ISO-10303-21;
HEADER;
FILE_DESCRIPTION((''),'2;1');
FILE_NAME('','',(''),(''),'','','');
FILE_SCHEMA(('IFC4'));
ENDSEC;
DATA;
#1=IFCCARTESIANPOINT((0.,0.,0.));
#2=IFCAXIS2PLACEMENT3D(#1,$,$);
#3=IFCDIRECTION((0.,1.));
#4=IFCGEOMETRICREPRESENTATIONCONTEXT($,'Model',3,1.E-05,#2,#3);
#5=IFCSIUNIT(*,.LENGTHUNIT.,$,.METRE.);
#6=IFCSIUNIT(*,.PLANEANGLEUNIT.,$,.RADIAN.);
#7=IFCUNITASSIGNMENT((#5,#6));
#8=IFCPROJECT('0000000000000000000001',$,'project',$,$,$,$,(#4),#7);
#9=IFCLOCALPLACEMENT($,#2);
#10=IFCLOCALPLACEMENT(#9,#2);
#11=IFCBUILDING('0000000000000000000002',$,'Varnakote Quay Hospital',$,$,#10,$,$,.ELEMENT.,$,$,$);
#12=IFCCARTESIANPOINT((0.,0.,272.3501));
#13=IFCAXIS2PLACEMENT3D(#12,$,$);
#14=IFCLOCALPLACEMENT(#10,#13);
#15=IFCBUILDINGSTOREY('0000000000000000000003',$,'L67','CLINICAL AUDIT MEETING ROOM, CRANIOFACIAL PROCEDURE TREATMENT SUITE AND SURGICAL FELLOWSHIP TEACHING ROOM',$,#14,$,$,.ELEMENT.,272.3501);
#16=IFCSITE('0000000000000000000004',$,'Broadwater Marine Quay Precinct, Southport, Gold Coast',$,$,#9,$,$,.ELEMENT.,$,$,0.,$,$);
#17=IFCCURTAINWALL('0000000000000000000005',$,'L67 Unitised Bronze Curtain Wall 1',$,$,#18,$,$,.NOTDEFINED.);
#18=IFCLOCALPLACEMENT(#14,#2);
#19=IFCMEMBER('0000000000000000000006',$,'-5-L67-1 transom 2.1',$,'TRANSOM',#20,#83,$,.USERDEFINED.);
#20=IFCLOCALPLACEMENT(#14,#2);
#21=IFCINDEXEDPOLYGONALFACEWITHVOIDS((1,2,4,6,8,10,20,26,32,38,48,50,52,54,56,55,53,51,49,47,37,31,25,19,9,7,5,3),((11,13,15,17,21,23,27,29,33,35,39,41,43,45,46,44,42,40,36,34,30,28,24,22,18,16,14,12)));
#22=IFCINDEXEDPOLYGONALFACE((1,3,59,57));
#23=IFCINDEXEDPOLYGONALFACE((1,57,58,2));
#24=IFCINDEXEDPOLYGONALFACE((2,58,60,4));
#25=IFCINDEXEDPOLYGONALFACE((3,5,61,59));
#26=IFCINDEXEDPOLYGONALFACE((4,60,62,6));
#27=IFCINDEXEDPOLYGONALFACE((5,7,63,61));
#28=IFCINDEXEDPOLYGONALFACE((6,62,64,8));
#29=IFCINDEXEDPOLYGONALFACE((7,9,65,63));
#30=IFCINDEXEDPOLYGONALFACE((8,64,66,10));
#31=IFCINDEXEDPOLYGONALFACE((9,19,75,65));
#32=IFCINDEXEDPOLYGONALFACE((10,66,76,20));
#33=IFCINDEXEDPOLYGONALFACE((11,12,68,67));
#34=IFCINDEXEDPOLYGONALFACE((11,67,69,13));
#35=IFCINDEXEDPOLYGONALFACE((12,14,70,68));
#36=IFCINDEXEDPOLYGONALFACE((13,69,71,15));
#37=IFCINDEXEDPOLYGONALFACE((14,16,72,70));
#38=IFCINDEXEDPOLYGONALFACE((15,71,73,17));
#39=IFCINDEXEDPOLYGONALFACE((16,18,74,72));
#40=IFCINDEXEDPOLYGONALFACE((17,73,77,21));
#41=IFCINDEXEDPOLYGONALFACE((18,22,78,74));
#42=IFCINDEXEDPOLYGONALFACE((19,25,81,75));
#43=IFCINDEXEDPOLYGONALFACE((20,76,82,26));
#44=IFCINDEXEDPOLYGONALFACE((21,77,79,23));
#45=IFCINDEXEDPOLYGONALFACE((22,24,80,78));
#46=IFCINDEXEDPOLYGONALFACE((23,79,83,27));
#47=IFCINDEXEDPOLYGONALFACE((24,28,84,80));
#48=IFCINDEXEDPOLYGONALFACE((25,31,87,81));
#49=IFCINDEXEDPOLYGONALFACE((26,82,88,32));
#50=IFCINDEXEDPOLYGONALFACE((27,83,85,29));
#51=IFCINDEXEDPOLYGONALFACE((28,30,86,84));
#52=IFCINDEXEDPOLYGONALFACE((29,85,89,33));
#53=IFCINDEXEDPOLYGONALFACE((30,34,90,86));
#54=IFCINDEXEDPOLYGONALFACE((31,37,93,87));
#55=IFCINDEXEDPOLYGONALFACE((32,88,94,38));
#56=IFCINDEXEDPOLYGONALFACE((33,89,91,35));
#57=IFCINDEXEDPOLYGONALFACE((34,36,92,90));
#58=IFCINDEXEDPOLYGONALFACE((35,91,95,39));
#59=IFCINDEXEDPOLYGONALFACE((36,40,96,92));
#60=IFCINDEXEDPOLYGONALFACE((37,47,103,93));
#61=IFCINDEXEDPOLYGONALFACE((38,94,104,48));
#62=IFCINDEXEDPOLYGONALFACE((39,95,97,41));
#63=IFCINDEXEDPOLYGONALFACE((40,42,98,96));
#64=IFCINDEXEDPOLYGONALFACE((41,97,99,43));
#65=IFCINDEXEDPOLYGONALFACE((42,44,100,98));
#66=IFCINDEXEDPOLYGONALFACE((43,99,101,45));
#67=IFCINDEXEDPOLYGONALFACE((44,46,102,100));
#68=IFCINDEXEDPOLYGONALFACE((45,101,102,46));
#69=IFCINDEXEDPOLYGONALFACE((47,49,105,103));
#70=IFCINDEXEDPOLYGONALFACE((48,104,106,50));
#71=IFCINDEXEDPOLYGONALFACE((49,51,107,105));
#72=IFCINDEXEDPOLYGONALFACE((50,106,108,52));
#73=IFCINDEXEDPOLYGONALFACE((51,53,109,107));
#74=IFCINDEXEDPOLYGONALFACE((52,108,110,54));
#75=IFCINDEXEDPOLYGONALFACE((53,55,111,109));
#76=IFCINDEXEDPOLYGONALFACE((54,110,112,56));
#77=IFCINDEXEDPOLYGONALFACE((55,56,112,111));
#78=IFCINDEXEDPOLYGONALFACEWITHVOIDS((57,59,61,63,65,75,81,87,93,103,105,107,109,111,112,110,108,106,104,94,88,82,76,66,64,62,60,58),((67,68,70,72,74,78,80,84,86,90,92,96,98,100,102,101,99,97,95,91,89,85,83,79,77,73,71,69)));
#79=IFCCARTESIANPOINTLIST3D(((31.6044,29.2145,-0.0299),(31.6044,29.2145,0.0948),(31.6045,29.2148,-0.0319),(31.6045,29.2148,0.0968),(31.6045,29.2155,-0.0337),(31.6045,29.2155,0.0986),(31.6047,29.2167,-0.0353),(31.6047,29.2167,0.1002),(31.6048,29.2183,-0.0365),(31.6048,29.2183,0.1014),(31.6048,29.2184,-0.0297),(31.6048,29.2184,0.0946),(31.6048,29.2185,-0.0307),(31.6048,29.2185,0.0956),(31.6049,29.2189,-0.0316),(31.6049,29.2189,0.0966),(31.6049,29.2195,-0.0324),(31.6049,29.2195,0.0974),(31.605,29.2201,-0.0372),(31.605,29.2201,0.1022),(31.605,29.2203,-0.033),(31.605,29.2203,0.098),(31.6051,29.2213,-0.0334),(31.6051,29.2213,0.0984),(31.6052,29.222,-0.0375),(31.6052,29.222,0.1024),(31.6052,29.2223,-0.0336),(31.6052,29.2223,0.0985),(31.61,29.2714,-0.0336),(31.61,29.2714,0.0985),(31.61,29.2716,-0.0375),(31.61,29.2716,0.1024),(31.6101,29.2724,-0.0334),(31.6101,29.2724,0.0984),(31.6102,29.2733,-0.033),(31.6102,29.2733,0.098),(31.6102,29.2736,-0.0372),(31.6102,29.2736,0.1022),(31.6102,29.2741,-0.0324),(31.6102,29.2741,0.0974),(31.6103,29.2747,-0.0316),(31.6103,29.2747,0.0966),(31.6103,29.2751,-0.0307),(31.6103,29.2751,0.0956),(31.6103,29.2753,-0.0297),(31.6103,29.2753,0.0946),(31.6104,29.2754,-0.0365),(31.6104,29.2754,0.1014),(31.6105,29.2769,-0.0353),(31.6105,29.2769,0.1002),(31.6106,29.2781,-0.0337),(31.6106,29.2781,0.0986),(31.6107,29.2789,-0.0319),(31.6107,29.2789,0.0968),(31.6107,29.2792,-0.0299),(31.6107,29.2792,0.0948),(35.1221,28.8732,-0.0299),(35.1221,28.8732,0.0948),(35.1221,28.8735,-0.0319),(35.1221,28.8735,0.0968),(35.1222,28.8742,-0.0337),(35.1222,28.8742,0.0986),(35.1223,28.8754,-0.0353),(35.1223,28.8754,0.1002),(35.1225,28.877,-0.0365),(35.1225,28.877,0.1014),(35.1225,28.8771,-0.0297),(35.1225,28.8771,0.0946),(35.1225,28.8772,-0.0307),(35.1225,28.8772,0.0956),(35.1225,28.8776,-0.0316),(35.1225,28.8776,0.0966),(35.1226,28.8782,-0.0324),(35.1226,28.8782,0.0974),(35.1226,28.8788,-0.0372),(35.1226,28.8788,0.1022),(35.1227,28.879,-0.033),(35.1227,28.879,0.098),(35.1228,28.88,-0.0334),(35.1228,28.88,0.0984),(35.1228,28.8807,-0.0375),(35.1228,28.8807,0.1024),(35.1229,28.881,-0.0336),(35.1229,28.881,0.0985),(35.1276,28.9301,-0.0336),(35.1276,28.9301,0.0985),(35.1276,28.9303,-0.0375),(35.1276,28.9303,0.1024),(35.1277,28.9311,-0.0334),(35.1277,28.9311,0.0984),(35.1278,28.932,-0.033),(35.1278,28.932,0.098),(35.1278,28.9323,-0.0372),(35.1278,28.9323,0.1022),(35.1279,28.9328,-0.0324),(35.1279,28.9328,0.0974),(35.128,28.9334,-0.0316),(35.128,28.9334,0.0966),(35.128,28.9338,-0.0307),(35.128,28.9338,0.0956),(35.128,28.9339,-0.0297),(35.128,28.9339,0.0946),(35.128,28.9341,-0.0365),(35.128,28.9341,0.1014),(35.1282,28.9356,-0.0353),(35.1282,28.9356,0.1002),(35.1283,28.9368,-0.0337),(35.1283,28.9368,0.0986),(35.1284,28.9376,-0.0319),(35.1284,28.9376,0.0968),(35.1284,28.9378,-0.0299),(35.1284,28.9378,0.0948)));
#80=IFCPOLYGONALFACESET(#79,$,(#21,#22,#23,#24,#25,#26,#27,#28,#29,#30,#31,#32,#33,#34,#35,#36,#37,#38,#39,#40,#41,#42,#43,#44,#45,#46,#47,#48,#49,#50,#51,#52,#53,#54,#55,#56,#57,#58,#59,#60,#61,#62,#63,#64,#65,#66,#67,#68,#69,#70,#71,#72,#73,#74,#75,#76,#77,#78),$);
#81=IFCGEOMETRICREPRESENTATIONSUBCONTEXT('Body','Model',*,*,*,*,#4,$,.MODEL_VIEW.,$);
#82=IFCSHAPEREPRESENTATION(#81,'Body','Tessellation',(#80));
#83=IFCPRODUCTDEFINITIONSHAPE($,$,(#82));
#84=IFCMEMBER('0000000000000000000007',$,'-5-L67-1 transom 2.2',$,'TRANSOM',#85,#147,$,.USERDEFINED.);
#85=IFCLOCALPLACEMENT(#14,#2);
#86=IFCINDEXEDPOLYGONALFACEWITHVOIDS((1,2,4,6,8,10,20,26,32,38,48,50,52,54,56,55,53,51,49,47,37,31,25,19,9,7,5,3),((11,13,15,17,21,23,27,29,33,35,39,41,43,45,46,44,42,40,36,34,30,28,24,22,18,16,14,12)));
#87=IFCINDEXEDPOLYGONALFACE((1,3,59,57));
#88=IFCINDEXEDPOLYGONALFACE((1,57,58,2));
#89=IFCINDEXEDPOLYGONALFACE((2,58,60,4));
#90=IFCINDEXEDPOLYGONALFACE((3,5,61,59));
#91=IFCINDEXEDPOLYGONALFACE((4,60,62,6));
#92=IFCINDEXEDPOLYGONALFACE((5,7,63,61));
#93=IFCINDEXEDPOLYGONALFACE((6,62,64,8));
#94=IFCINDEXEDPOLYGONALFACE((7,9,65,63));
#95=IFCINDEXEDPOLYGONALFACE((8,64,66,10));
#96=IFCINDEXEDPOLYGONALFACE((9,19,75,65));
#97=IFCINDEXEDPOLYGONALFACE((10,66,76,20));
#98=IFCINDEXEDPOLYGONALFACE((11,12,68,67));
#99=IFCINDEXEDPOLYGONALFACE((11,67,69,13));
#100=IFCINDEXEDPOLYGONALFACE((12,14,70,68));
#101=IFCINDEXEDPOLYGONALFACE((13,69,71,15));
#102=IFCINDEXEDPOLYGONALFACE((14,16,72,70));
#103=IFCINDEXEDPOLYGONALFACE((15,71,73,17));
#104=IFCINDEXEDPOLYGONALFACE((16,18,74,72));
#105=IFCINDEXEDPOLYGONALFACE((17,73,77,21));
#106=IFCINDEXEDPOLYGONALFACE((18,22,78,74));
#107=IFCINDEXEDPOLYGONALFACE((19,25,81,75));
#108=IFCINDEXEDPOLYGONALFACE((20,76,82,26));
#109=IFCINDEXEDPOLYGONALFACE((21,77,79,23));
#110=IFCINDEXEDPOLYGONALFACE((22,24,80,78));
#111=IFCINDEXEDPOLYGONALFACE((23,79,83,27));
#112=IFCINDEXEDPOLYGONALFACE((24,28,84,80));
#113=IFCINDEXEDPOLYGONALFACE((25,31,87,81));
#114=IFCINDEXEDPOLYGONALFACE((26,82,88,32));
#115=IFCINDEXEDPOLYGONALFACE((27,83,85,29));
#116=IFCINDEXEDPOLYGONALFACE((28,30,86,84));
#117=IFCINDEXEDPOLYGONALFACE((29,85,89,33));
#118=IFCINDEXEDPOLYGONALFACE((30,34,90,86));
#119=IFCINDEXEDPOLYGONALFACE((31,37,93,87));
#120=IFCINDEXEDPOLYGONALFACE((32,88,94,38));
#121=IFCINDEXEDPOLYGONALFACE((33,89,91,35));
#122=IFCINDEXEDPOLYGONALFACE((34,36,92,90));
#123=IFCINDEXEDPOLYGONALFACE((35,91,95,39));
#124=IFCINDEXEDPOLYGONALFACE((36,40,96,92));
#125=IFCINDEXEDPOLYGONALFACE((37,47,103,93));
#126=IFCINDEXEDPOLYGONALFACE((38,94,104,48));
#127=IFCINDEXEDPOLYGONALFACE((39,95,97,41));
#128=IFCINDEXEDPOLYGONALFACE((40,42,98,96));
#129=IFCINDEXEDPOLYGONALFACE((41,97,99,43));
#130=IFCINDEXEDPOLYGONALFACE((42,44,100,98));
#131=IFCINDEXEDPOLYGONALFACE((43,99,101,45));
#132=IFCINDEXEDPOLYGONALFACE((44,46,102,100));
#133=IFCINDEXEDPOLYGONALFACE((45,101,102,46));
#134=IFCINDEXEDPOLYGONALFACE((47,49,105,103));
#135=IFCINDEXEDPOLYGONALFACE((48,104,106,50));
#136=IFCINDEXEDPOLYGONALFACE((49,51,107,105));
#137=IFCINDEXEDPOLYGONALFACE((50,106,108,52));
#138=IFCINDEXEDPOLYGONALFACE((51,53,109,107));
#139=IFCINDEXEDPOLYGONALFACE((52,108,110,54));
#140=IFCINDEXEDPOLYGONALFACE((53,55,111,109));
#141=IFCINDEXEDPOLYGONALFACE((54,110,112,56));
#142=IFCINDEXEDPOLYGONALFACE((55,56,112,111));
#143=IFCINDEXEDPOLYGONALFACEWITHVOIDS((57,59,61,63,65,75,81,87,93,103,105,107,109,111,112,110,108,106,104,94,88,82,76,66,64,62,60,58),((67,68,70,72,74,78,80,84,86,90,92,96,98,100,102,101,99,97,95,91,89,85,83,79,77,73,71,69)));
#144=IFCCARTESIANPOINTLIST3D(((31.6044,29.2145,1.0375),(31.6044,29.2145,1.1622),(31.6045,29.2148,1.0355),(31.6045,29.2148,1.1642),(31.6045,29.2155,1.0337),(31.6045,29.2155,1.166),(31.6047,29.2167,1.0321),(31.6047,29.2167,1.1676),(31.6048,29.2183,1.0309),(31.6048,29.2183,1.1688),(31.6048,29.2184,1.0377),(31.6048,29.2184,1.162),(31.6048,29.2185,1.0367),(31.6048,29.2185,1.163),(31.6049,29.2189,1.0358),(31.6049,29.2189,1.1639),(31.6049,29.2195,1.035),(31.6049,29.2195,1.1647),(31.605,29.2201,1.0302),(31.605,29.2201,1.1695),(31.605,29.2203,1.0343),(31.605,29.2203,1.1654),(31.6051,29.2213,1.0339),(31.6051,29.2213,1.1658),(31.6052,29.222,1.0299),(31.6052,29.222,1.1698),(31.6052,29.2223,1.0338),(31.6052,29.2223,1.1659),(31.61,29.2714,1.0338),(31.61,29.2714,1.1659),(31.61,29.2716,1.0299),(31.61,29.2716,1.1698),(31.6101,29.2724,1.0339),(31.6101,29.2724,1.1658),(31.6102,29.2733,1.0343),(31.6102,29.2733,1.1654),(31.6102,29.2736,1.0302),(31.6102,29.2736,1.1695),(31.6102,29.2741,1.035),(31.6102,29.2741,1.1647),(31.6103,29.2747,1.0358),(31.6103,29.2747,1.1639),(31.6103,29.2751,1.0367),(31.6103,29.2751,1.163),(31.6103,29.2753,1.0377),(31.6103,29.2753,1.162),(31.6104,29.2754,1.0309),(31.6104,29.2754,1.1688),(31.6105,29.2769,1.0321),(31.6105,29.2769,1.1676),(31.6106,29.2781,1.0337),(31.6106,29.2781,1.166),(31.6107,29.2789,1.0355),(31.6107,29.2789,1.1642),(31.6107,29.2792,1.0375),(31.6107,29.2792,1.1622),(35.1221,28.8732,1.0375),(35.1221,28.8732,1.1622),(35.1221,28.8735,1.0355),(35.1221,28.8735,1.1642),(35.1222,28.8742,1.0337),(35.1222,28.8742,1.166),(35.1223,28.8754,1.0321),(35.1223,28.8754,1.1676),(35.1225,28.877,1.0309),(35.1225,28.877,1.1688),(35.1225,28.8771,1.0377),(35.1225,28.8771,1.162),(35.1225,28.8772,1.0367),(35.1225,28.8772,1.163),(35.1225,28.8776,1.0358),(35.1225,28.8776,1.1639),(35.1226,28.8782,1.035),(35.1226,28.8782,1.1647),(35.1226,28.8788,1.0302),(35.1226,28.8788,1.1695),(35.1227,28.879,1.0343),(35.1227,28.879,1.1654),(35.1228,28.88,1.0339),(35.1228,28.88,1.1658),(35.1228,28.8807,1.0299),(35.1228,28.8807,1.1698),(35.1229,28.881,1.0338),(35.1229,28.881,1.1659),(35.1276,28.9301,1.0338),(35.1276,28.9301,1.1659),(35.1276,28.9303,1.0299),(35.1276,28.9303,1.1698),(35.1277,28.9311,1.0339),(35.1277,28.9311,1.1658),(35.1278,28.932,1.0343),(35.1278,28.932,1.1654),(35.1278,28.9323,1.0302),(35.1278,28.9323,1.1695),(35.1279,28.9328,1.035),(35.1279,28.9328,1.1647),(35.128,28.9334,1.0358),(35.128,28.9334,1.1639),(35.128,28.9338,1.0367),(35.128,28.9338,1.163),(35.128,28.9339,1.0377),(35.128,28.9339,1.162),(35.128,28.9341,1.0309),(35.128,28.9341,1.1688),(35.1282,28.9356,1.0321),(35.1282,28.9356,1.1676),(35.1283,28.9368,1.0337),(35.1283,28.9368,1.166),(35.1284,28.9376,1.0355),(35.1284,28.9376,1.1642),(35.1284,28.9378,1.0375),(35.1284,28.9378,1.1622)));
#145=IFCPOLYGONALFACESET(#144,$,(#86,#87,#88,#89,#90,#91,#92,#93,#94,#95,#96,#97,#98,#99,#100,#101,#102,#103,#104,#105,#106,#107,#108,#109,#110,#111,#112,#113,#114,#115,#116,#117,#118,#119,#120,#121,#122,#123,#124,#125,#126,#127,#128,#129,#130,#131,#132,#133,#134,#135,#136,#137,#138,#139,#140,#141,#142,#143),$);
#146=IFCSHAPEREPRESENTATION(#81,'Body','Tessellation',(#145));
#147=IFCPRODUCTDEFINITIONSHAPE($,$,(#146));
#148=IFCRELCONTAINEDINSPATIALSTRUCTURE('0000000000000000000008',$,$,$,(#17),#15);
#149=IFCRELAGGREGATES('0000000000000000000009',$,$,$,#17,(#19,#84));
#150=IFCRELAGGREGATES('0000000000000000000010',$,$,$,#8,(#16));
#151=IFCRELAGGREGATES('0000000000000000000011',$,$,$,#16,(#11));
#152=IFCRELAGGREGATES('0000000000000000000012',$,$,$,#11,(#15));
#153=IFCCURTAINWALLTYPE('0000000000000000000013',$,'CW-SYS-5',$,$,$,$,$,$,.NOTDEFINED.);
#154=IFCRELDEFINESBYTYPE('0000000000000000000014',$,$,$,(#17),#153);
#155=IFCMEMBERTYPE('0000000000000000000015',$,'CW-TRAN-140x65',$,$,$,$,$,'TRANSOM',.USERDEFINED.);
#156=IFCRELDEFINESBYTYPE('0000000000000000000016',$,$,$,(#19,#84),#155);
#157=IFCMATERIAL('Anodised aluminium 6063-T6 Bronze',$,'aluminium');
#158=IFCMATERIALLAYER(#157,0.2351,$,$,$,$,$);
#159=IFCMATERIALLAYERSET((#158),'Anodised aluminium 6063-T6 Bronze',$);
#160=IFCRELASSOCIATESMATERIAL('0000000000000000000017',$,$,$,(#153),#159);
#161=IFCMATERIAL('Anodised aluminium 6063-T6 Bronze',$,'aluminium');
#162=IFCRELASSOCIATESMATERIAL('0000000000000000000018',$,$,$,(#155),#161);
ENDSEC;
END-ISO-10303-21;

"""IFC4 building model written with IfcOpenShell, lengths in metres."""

from ifc_helpers import new_model, si_unit, direction, frame, origin, origin_2d, place, context, subcontext, project, spatial, hollow_rectangle, extrude, material, layer, layer_set, material_profile, profile_set, type_object, element, aggregate, save


model = new_model("IFC4")

# Units and contexts
model_context = context("Model", 3, precision=1e-05, world=origin(), true_north=direction((0.0, 1.0)))
body_context = subcontext(model_context, "Body", "Model", "MODEL_VIEW")
ifc_project = project(units=[si_unit("LENGTHUNIT", "METRE"), si_unit("PLANEANGLEUNIT", "RADIAN")], contexts=[model_context])

# Site, building, storey
site_placement = place(None, origin())
site = spatial("IfcSite", under=ifc_project, at=site_placement, Name="Broadwater Marine Quay Precinct, Southport, Gold Coast", CompositionType="ELEMENT", RefElevation=0.0)
building_placement = place(site_placement, origin())
building = spatial("IfcBuilding", under=site, at=building_placement, Name="Varnakote Quay Hospital", CompositionType="ELEMENT")
storey_placement = place(building_placement, frame((0.0, 0.0, 272.3501)))
storey = spatial("IfcBuildingStorey", under=building, at=storey_placement, Name="L67", Description="CLINICAL AUDIT MEETING ROOM, CRANIOFACIAL PROCEDURE TREATMENT SUITE AND SURGICAL FELLOWSHIP TEACHING ROOM", CompositionType="ELEMENT", Elevation=272.3501)

# Curtain wall, members
ifc_material_1 = material(Name="Anodised aluminium 6063-T6 Bronze", Category="aluminium")
ifc_layer_1 = layer(ifc_material_1, 0.2351)
ifc_layer_set_1 = layer_set([ifc_layer_1], Name="Anodised aluminium 6063-T6 Bronze")
curtain_wall_type = type_object("IfcCurtainWallType", Name="CW-SYS-5", PredefinedType="NOTDEFINED", material=ifc_layer_set_1)
curtain_wall_placement = place(storey_placement, origin())
curtain_wall = element("IfcCurtainWall", 1, at=curtain_wall_placement, inside=storey, type_object=curtain_wall_type, Name="L67 Unitised Bronze Curtain Wall 1", PredefinedType="NOTDEFINED")
ifc_material_2 = material(Name="Anodised aluminium 6063-T6 Bronze", Category="aluminium")
ifc_material_profile_1 = material_profile(ifc_material_2, hollow_rectangle(XDim=0.0649, YDim=0.1399, WallThickness=0.0039, InnerFilletRadius=0.0039, OuterFilletRadius=0.0076, at=origin_2d()), Name="CW-TRAN-140x65")
ifc_profile_set_1 = profile_set([ifc_material_profile_1], Name="Anodised aluminium 6063-T6 Bronze")
member_type_1 = type_object("IfcMemberType", Name="CW-TRAN-140x65", ElementType="TRANSOM", PredefinedType="USERDEFINED", material=ifc_profile_set_1)
member_1_placement = place(storey_placement, frame((35.1252, 28.9055, 0.0325), z_axis=(-0.995326, 0.096576, 0.0), x_axis=(-0.096576, -0.995326, 0.0)))
member_1 = element("IfcMember", 2, at=member_1_placement, type_object=member_type_1, Name="-5-L67-1 transom 2.1", ObjectType="TRANSOM", PredefinedType="USERDEFINED", context=body_context, shape_type="SweptSolid", body=[
    extrude(hollow_rectangle(XDim=0.0649, YDim=0.1399, WallThickness=0.0039, InnerFilletRadius=0.0039, OuterFilletRadius=0.0076, at=origin_2d()), origin(), (0.0, 0.0, 1.0), 3.5342),
])
member_2_placement = place(storey_placement, frame((35.1252, 28.9055, 1.0999), z_axis=(-0.995326, 0.096576, 0.0), x_axis=(-0.096576, -0.995326, 0.0)))
member_2 = element("IfcMember", 3, at=member_2_placement, type_object=member_type_1, Name="-5-L67-1 transom 2.2", ObjectType="TRANSOM", PredefinedType="USERDEFINED", context=body_context, shape_type="SweptSolid", body=[
    extrude(hollow_rectangle(XDim=0.0649, YDim=0.1399, WallThickness=0.0039, InnerFilletRadius=0.0039, OuterFilletRadius=0.0076, at=origin_2d()), origin(), (0.0, 0.0, 1.0), 3.5342),
])
aggregate(curtain_wall, [member_1, member_2])

save(model, "model.ifc")
